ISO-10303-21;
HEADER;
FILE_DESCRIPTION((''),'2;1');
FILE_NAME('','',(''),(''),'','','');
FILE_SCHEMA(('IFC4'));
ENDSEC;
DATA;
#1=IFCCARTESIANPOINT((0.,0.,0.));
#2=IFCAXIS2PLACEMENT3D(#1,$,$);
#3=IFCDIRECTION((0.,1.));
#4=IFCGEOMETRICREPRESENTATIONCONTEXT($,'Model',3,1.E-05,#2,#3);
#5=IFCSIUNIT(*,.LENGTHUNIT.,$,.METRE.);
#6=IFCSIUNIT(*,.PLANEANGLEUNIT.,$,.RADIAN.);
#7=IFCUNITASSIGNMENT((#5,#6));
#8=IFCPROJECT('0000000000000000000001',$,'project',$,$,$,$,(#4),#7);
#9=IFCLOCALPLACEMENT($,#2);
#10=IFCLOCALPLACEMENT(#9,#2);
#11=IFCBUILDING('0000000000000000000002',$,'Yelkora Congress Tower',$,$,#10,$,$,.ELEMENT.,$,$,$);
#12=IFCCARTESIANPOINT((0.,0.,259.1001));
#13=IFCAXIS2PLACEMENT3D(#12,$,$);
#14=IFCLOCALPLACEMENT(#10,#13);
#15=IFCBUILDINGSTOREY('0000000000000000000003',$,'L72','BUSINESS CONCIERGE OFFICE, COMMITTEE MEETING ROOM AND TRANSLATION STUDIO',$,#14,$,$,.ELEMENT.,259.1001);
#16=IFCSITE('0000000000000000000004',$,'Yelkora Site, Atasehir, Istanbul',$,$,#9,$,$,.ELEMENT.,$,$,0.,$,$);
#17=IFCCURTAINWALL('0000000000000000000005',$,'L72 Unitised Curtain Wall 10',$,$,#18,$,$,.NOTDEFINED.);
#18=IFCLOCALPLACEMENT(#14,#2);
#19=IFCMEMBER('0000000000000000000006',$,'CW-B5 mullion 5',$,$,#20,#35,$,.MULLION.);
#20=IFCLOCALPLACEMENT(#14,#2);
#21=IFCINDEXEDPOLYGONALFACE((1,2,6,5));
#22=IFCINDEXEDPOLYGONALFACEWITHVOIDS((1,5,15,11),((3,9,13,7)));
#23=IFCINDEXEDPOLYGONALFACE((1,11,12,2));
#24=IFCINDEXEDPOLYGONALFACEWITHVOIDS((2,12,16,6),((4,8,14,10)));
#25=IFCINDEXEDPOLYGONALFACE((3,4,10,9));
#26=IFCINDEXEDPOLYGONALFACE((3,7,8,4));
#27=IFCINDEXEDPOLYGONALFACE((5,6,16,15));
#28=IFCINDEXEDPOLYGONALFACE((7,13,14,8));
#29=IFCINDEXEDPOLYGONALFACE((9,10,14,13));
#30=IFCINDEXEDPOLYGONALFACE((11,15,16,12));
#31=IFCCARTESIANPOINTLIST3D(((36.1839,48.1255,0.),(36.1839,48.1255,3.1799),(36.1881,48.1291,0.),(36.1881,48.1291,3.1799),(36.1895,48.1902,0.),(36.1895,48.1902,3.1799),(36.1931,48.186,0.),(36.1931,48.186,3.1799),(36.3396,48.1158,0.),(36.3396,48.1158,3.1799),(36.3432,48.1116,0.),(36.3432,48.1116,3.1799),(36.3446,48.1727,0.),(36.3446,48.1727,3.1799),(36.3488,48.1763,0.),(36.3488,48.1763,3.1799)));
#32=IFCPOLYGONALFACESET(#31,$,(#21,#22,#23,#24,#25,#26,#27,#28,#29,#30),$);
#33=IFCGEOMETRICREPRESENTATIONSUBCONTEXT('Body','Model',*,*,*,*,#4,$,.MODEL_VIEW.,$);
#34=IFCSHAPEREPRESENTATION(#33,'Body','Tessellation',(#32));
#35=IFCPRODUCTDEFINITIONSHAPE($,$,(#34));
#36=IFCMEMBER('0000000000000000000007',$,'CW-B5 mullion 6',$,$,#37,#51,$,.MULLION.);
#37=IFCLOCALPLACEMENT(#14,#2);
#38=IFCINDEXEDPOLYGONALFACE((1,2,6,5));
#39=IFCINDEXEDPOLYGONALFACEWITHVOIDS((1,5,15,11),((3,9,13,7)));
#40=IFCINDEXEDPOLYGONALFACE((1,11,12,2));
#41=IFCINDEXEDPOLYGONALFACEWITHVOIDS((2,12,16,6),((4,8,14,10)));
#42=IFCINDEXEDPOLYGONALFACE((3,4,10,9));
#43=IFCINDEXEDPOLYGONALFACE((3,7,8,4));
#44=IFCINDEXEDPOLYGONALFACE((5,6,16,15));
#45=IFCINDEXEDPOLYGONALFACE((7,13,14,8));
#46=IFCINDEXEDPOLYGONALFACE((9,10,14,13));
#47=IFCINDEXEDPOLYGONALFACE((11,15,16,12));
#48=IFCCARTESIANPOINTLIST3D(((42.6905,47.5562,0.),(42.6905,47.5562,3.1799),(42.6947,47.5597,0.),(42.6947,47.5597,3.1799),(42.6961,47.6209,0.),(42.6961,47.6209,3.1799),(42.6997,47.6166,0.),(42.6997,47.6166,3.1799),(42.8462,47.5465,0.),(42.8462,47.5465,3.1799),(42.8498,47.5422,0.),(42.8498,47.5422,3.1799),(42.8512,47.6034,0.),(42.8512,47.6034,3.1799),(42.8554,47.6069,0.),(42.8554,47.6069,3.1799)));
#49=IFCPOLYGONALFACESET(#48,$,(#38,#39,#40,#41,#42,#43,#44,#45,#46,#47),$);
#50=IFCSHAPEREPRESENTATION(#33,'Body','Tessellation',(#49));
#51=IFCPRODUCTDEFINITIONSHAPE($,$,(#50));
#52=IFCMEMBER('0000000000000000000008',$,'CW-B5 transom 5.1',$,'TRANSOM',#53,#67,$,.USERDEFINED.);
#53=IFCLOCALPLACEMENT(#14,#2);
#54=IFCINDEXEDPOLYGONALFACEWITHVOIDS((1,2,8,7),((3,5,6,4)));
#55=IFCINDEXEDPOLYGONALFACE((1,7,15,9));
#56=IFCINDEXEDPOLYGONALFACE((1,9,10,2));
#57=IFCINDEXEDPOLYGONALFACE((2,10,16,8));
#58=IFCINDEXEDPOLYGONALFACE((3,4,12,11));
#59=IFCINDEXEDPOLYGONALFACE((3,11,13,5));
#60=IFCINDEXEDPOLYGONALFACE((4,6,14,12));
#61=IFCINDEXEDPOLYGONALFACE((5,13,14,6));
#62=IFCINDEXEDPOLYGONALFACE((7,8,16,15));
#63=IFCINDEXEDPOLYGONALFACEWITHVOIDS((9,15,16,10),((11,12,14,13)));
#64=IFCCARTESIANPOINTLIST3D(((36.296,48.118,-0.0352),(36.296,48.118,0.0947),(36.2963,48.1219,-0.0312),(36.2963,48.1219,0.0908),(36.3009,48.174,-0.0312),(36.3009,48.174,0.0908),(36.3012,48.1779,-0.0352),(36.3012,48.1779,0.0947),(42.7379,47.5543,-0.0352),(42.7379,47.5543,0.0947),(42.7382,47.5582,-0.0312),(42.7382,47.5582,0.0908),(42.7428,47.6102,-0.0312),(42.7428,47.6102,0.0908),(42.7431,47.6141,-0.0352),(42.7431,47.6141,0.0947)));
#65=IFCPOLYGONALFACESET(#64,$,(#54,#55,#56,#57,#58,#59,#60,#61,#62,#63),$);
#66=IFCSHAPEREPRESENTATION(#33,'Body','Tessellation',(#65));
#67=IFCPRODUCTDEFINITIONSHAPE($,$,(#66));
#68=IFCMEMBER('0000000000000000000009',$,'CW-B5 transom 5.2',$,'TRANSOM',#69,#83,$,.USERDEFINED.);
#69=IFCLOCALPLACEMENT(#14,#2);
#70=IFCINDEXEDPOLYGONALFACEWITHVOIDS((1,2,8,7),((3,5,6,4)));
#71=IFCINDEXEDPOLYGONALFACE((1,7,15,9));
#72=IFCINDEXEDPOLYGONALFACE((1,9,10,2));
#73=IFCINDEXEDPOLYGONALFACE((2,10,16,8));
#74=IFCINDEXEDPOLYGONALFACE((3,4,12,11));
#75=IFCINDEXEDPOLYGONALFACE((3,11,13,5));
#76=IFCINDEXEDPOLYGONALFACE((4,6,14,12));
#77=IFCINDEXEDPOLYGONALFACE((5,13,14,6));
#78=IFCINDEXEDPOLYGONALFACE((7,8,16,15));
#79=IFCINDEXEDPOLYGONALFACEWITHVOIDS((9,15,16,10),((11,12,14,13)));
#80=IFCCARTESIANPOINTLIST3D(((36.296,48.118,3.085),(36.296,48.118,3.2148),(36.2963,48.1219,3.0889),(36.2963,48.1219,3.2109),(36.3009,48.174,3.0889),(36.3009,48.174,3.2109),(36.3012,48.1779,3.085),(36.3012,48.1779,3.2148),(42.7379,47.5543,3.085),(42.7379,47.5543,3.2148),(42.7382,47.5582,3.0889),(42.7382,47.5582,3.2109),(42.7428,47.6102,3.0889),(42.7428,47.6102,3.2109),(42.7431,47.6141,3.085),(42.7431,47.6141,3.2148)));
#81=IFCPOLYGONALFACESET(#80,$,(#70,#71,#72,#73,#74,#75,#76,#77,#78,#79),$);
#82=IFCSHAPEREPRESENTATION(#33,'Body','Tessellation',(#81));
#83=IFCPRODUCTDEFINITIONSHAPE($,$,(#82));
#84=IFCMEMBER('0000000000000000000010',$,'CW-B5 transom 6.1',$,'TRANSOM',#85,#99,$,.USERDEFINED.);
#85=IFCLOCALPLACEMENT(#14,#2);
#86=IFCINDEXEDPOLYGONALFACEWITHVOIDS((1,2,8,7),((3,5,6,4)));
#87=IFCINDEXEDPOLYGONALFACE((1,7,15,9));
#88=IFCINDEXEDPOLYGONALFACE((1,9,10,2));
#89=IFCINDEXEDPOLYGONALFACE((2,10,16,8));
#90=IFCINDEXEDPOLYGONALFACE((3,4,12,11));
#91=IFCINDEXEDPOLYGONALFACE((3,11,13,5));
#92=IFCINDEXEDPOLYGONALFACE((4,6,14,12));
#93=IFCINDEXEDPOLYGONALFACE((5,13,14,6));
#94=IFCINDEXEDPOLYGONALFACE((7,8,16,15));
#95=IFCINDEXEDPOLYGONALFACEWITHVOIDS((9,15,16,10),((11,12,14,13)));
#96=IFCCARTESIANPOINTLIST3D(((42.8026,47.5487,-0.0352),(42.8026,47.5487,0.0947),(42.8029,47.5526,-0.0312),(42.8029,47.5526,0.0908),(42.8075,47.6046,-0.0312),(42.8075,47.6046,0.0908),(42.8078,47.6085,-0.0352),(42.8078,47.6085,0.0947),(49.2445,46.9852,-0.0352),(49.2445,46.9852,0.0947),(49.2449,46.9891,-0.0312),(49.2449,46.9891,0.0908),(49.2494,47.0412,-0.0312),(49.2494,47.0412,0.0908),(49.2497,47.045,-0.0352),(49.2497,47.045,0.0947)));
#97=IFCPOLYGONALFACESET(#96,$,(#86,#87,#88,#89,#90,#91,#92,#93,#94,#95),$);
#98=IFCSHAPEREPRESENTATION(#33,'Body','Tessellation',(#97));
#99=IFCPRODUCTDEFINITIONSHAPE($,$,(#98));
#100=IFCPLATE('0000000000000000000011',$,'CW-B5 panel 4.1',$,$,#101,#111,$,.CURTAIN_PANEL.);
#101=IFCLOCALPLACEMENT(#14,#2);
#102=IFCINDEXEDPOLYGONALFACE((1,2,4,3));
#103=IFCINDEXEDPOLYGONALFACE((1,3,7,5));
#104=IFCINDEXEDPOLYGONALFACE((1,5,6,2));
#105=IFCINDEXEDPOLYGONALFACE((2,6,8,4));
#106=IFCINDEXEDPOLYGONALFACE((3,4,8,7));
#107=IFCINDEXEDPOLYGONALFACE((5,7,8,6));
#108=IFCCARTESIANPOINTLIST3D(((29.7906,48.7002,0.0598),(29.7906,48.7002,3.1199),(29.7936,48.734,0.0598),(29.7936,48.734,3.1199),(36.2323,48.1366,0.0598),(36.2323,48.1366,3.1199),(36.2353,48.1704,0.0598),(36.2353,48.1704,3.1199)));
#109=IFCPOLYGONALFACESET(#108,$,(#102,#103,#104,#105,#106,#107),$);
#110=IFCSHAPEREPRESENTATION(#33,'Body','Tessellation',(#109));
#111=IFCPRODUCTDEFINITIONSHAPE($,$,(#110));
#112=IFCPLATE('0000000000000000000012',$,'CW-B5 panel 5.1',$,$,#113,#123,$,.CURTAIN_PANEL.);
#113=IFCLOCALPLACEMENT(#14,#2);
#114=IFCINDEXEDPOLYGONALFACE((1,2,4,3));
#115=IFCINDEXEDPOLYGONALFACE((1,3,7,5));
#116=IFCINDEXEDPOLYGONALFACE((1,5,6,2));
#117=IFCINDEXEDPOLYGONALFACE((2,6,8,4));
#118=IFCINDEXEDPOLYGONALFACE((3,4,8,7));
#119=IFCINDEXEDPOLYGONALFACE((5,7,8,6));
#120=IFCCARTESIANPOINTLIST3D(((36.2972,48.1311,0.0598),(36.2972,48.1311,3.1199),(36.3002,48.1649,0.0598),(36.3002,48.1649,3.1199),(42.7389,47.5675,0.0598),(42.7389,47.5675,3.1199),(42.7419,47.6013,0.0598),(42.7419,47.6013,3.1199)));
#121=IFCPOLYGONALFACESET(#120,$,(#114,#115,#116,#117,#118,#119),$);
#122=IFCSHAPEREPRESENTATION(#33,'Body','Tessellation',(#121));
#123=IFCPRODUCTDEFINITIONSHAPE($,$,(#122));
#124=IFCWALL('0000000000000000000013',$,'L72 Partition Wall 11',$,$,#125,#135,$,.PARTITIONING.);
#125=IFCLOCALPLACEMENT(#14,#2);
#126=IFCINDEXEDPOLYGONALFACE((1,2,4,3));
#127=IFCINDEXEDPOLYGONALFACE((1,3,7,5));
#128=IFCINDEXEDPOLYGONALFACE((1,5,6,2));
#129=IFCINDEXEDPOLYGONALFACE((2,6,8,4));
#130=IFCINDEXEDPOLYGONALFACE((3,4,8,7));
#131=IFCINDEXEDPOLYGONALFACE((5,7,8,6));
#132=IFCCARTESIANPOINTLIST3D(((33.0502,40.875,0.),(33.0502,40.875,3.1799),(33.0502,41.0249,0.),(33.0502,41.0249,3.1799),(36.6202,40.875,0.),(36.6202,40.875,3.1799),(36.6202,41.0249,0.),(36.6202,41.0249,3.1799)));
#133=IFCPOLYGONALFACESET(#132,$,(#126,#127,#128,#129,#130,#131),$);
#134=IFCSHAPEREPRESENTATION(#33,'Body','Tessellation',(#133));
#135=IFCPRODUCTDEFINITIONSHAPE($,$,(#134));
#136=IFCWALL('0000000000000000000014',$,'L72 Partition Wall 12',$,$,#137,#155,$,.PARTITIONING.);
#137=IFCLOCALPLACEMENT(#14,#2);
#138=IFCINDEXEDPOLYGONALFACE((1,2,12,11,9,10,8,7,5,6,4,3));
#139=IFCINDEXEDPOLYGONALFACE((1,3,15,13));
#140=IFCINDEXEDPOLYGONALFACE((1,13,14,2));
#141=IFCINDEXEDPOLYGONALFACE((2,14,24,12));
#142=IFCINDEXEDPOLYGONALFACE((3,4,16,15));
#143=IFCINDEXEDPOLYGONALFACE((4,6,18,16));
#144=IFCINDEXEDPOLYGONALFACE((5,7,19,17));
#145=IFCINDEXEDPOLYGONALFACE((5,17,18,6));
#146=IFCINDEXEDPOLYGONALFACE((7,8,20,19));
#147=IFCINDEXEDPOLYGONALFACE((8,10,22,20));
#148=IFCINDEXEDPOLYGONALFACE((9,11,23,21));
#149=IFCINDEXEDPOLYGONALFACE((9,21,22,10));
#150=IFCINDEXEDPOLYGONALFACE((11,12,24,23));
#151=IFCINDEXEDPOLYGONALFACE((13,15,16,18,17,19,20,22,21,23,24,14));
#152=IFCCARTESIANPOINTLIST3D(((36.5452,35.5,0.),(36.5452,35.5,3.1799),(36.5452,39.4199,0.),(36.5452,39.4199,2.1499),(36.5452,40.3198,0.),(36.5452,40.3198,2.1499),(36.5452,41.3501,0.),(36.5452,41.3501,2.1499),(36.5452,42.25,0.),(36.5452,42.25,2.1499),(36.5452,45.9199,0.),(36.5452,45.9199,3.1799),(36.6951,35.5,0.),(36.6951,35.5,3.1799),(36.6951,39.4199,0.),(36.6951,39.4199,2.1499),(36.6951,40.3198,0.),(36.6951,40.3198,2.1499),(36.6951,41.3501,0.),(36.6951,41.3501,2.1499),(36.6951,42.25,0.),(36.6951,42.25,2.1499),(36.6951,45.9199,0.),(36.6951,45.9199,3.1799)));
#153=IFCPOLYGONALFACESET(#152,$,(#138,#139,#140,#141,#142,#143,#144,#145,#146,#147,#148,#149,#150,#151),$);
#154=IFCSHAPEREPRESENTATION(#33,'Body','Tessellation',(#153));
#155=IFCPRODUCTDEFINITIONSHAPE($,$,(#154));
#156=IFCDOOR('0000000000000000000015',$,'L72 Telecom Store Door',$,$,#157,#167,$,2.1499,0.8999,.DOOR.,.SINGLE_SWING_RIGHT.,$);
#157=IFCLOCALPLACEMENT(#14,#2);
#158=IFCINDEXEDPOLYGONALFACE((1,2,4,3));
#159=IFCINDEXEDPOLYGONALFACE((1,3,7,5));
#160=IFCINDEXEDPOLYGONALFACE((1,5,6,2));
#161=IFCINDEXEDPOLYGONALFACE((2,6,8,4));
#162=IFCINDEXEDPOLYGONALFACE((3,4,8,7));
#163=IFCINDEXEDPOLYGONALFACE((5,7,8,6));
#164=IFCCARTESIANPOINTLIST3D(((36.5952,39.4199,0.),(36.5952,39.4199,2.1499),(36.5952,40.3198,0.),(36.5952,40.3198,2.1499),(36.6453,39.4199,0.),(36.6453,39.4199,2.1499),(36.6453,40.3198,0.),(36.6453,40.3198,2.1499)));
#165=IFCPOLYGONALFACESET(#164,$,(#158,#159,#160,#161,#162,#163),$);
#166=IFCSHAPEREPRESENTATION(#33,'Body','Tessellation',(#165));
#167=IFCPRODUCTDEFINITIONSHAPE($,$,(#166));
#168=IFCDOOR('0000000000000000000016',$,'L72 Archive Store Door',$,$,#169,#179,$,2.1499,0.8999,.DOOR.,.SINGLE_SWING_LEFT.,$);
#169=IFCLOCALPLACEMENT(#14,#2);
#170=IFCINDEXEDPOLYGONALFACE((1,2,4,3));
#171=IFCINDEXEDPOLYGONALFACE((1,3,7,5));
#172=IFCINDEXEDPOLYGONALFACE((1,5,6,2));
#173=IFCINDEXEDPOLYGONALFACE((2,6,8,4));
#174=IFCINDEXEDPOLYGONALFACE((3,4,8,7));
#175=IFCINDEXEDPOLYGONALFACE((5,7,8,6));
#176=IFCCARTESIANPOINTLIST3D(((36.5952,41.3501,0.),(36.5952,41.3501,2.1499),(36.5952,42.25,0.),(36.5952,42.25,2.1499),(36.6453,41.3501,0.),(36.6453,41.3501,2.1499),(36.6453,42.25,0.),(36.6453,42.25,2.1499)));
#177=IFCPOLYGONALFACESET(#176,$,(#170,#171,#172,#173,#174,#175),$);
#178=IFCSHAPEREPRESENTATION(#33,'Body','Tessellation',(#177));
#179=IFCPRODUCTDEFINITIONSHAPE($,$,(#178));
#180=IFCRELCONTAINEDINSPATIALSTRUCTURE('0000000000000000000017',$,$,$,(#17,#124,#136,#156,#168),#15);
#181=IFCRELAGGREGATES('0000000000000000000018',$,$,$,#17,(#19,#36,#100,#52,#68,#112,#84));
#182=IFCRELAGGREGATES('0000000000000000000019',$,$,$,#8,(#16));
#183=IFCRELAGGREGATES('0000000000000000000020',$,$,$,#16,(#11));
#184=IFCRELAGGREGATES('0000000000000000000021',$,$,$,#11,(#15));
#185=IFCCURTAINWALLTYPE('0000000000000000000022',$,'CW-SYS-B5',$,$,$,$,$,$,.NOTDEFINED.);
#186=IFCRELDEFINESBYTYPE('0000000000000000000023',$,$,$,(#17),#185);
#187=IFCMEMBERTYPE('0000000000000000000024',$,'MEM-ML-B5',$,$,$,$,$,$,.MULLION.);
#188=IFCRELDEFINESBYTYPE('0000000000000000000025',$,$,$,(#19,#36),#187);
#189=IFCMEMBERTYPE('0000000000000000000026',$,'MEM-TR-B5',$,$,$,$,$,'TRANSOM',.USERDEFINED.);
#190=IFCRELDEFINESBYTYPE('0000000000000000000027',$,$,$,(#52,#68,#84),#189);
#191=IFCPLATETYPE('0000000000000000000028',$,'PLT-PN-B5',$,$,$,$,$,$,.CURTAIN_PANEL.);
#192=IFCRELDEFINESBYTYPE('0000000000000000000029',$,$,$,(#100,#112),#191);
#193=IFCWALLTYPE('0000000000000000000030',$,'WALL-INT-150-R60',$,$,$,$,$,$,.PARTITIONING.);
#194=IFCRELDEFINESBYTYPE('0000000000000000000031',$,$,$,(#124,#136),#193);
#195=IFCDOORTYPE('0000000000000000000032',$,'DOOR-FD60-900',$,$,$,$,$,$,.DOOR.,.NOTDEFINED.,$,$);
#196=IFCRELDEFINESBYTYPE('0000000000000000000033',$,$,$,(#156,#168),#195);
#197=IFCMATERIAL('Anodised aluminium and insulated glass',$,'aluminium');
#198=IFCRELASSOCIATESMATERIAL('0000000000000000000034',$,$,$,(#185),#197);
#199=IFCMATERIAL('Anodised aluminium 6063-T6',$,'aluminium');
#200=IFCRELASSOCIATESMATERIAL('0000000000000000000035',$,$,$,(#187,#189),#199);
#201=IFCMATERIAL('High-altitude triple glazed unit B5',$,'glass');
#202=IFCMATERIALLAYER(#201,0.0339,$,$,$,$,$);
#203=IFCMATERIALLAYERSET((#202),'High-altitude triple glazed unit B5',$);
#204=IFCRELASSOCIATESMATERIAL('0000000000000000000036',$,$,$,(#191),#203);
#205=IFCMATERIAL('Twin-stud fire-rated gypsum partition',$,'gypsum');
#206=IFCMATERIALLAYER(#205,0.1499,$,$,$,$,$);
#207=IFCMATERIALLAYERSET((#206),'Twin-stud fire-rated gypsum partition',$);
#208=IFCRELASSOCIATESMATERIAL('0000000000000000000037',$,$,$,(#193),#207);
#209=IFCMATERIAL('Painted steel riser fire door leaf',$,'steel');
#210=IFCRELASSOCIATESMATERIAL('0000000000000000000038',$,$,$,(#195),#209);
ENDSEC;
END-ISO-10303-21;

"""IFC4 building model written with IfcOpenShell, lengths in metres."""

from ifc_helpers import new_model, si_unit, direction, frame, frame_2d, origin, origin_2d, place, context, subcontext, project, spatial, rectangle, hollow_rectangle, extrude, material, layer, layer_set, material_profile, profile_set, type_object, element, fill, aggregate, save


model = new_model("IFC4")

# Units and contexts
model_context = context("Model", 3, precision=1e-05, world=origin(), true_north=direction((0.0, 1.0)))
body_context = subcontext(model_context, "Body", "Model", "MODEL_VIEW")
ifc_project = project(units=[si_unit("LENGTHUNIT", "METRE"), si_unit("PLANEANGLEUNIT", "RADIAN")], contexts=[model_context])

# Site, building, storey
site_placement = place(None, origin())
site = spatial("IfcSite", under=ifc_project, at=site_placement, Name="Yelkora Site, Atasehir, Istanbul", CompositionType="ELEMENT", RefElevation=0.0)
building_placement = place(site_placement, origin())
building = spatial("IfcBuilding", under=site, at=building_placement, Name="Yelkora Congress Tower", CompositionType="ELEMENT")
storey_placement = place(building_placement, frame((0.0, 0.0, 259.1001)))
storey = spatial("IfcBuildingStorey", under=building, at=storey_placement, Name="L72", Description="BUSINESS CONCIERGE OFFICE, COMMITTEE MEETING ROOM AND TRANSLATION STUDIO", CompositionType="ELEMENT", Elevation=259.1001)

# Curtain wall, members, plates
ifc_material_1 = material(Name="Anodised aluminium and insulated glass", Category="aluminium")
curtain_wall_type = type_object("IfcCurtainWallType", Name="CW-SYS-B5", PredefinedType="NOTDEFINED", material=ifc_material_1)
curtain_wall_placement = place(storey_placement, origin())
curtain_wall = element("IfcCurtainWall", 1, at=curtain_wall_placement, inside=storey, type_object=curtain_wall_type, Name="L72 Unitised Curtain Wall 10", PredefinedType="NOTDEFINED")
ifc_material_2 = material(Name="Anodised aluminium 6063-T6", Category="aluminium")
ifc_material_profile_1 = material_profile(ifc_material_2, hollow_rectangle(XDim=0.0649, YDim=0.1599, WallThickness=0.0039, at=origin_2d()), Name="ALU 65x160x4")
ifc_profile_set_1 = profile_set([ifc_material_profile_1], Name="Anodised aluminium 6063-T6")
member_type_1 = type_object("IfcMemberType", Name="MEM-ML-B5", PredefinedType="MULLION", material=ifc_profile_set_1)
member_1_placement = place(storey_placement, frame((36.2664, 48.1509, 0.0), z_axis=(0.0, 0.0, 1.0), x_axis=(0.087157, 0.996195, 0.0)))
member_1 = element("IfcMember", 2, at=member_1_placement, type_object=member_type_1, Name="CW-B5 mullion 5", PredefinedType="MULLION", context=body_context, shape_type="SweptSolid", body=[
    extrude(hollow_rectangle(XDim=0.0649, YDim=0.1599, WallThickness=0.0039, at=origin_2d()), origin(), (0.0, 0.0, 1.0), 3.1799),
])
member_2_placement = place(storey_placement, frame((42.7729, 47.5815, 0.0), z_axis=(0.0, 0.0, 1.0), x_axis=(0.087157, 0.996195, 0.0)))
member_2 = element("IfcMember", 3, at=member_2_placement, type_object=member_type_1, Name="CW-B5 mullion 6", PredefinedType="MULLION", context=body_context, shape_type="SweptSolid", body=[
    extrude(hollow_rectangle(XDim=0.0649, YDim=0.1599, WallThickness=0.0039, at=origin_2d()), origin(), (0.0, 0.0, 1.0), 3.1799),
])
ifc_material_profile_2 = material_profile(ifc_material_2, hollow_rectangle(XDim=0.0601, YDim=0.1299, WallThickness=0.0039, at=origin_2d()), Name="ALU 60x130x4")
ifc_profile_set_2 = profile_set([ifc_material_profile_2], Name="Anodised aluminium 6063-T6")
member_type_2 = type_object("IfcMemberType", Name="MEM-TR-B5", ElementType="TRANSOM", PredefinedType="USERDEFINED", material=ifc_profile_set_2)
member_3_placement = place(storey_placement, frame((36.2986, 48.1479, 0.0298), z_axis=(0.996193, -0.087175, 0.0), x_axis=(0.087175, 0.996193, 0.0)))
member_3 = element("IfcMember", 4, at=member_3_placement, type_object=member_type_2, Name="CW-B5 transom 5.1", ObjectType="TRANSOM", PredefinedType="USERDEFINED", context=body_context, shape_type="SweptSolid", body=[
    extrude(hollow_rectangle(XDim=0.0601, YDim=0.1299, WallThickness=0.0039, at=origin_2d()), origin(), (0.0, 0.0, 1.0), 6.4666),
])
member_4_placement = place(storey_placement, frame((36.2986, 48.1479, 3.1499), z_axis=(0.996193, -0.087175, 0.0), x_axis=(0.087175, 0.996193, 0.0)))
member_4 = element("IfcMember", 5, at=member_4_placement, type_object=member_type_2, Name="CW-B5 transom 5.2", ObjectType="TRANSOM", PredefinedType="USERDEFINED", context=body_context, shape_type="SweptSolid", body=[
    extrude(hollow_rectangle(XDim=0.0601, YDim=0.1299, WallThickness=0.0039, at=origin_2d()), origin(), (0.0, 0.0, 1.0), 6.4666),
])
member_5_placement = place(storey_placement, frame((42.8052, 47.5786, 0.0298), z_axis=(0.996196, -0.087138, 0.0), x_axis=(0.087138, 0.996196, 0.0)))
member_5 = element("IfcMember", 6, at=member_5_placement, type_object=member_type_2, Name="CW-B5 transom 6.1", ObjectType="TRANSOM", PredefinedType="USERDEFINED", context=body_context, shape_type="SweptSolid", body=[
    extrude(hollow_rectangle(XDim=0.0601, YDim=0.1299, WallThickness=0.0039, at=origin_2d()), origin(), (0.0, 0.0, 1.0), 6.4666),
])
ifc_material_3 = material(Name="High-altitude triple glazed unit B5", Category="glass")
ifc_layer_1 = layer(ifc_material_3, 0.0339)
ifc_layer_set_1 = layer_set([ifc_layer_1], Name="High-altitude triple glazed unit B5")
plate_type = type_object("IfcPlateType", Name="PLT-PN-B5", PredefinedType="CURTAIN_PANEL", material=ifc_layer_set_1)
plate_1_placement = place(storey_placement, frame((33.0129, 48.4353, 0.0598), z_axis=(0.0, 0.0, 1.0), x_axis=(0.996195, -0.087157, 0.0)))
plate_1 = element("IfcPlate", 7, at=plate_1_placement, type_object=plate_type, Name="CW-B5 panel 4.1", PredefinedType="CURTAIN_PANEL", context=body_context, shape_type="SweptSolid", body=[
    extrude(rectangle(XDim=6.4663, YDim=0.0339, at=origin_2d()), origin(), (0.0, 0.0, 1.0), 3.0601),
])
plate_2_placement = place(storey_placement, frame((39.5195, 47.8662, 0.0598), z_axis=(0.0, 0.0, 1.0), x_axis=(0.996195, -0.087157, 0.0)))
plate_2 = element("IfcPlate", 8, at=plate_2_placement, type_object=plate_type, Name="CW-B5 panel 5.1", PredefinedType="CURTAIN_PANEL", context=body_context, shape_type="SweptSolid", body=[
    extrude(rectangle(XDim=6.4663, YDim=0.0339, at=origin_2d()), origin(), (0.0, 0.0, 1.0), 3.0601),
])
aggregate(curtain_wall, [member_1, member_2, plate_1, member_3, member_4, plate_2, member_5])

# Wall
ifc_material_4 = material(Name="Twin-stud fire-rated gypsum partition", Category="gypsum")
ifc_layer_2 = layer(ifc_material_4, 0.1499)
ifc_layer_set_2 = layer_set([ifc_layer_2], Name="Twin-stud fire-rated gypsum partition")
wall_type_1 = type_object("IfcWallType", Name="WALL-INT-150-R60", PredefinedType="PARTITIONING", material=ifc_layer_set_2)
wall_1_placement = place(storey_placement, frame((33.05, 40.95, 0.0), z_axis=(0.0, 0.0, 1.0), x_axis=(1.0, 0.0, 0.0)))
element("IfcWall", 9, at=wall_1_placement, inside=storey, type_object=wall_type_1, Name="L72 Partition Wall 11", PredefinedType="PARTITIONING", context=body_context, shape_type="SweptSolid", body=[
    extrude(rectangle(XDim=3.5701, YDim=0.1499, at=frame_2d((1.7852, 0.0))), origin(), (0.0, 0.0, 1.0), 3.1799),
])

# Wall, openings, doors
wall_2_placement = place(storey_placement, frame((36.6201, 35.5, 0.0), z_axis=(0.0, 0.0, 1.0), x_axis=(0.0, 1.0, 0.0)))
wall_2 = element("IfcWall", 10, at=wall_2_placement, inside=storey, type_object=wall_type_1, Name="L72 Partition Wall 12", PredefinedType="PARTITIONING", context=body_context, shape_type="SweptSolid", body=[
    extrude(rectangle(XDim=10.4199, YDim=0.1499, at=frame_2d((5.21, 0.0))), origin(), (0.0, 0.0, 1.0), 3.1799),
])
opening_1_placement = place(wall_2_placement, frame((3.9199, 0.0, 0.0)))
opening_1 = element("IfcOpeningElement", 11, at=opening_1_placement, cuts=wall_2, PredefinedType="OPENING", context=body_context, shape_type="SweptSolid", body=[
    extrude(rectangle(XDim=0.8999, YDim=2.1499, at=frame_2d((0.45, 1.075))), frame((0.0, 0.085, 0.0), z_axis=(0.0, -1.0, 0.0), x_axis=(1.0, 0.0, 0.0)), (0.0, 0.0, 1.0), 0.1699),
])
opening_2_placement = place(wall_2_placement, frame((5.8501, 0.0, 0.0)))
opening_2 = element("IfcOpeningElement", 12, at=opening_2_placement, cuts=wall_2, PredefinedType="OPENING", context=body_context, shape_type="SweptSolid", body=[
    extrude(rectangle(XDim=0.8999, YDim=2.1499, at=frame_2d((0.45, 1.075))), frame((0.0, 0.085, 0.0), z_axis=(0.0, -1.0, 0.0), x_axis=(1.0, 0.0, 0.0)), (0.0, 0.0, 1.0), 0.1699),
])
ifc_material_5 = material(Name="Painted steel riser fire door leaf", Category="steel")
door_type_1 = type_object("IfcDoorType", Name="DOOR-FD60-900", OperationType="NOTDEFINED", PredefinedType="DOOR", material=ifc_material_5)
door_1_placement = place(opening_1_placement, origin())
door_1 = element("IfcDoor", 13, at=door_1_placement, inside=storey, type_object=door_type_1, Name="L72 Telecom Store Door", OperationType="SINGLE_SWING_RIGHT", OverallHeight=2.1499, OverallWidth=0.8999, PredefinedType="DOOR", context=body_context, shape_type="SweptSolid", body=[
    extrude(rectangle(XDim=0.8999, YDim=2.1499, at=frame_2d((0.45, 1.075))), frame((0.0, 0.0249, 0.0), z_axis=(0.0, -1.0, 0.0), x_axis=(1.0, 0.0, 0.0)), (0.0, 0.0, 1.0), 0.05),
])
fill(opening_1, door_1)
door_2_placement = place(opening_2_placement, origin())
door_2 = element("IfcDoor", 14, at=door_2_placement, inside=storey, type_object=door_type_1, Name="L72 Archive Store Door", OperationType="SINGLE_SWING_LEFT", OverallHeight=2.1499, OverallWidth=0.8999, PredefinedType="DOOR", context=body_context, shape_type="SweptSolid", body=[
    extrude(rectangle(XDim=0.8999, YDim=2.1499, at=frame_2d((0.45, 1.075))), frame((0.0, 0.0249, 0.0), z_axis=(0.0, -1.0, 0.0), x_axis=(1.0, 0.0, 0.0)), (0.0, 0.0, 1.0), 0.05),
])
fill(opening_2, door_2)

save(model, "model.ifc")
